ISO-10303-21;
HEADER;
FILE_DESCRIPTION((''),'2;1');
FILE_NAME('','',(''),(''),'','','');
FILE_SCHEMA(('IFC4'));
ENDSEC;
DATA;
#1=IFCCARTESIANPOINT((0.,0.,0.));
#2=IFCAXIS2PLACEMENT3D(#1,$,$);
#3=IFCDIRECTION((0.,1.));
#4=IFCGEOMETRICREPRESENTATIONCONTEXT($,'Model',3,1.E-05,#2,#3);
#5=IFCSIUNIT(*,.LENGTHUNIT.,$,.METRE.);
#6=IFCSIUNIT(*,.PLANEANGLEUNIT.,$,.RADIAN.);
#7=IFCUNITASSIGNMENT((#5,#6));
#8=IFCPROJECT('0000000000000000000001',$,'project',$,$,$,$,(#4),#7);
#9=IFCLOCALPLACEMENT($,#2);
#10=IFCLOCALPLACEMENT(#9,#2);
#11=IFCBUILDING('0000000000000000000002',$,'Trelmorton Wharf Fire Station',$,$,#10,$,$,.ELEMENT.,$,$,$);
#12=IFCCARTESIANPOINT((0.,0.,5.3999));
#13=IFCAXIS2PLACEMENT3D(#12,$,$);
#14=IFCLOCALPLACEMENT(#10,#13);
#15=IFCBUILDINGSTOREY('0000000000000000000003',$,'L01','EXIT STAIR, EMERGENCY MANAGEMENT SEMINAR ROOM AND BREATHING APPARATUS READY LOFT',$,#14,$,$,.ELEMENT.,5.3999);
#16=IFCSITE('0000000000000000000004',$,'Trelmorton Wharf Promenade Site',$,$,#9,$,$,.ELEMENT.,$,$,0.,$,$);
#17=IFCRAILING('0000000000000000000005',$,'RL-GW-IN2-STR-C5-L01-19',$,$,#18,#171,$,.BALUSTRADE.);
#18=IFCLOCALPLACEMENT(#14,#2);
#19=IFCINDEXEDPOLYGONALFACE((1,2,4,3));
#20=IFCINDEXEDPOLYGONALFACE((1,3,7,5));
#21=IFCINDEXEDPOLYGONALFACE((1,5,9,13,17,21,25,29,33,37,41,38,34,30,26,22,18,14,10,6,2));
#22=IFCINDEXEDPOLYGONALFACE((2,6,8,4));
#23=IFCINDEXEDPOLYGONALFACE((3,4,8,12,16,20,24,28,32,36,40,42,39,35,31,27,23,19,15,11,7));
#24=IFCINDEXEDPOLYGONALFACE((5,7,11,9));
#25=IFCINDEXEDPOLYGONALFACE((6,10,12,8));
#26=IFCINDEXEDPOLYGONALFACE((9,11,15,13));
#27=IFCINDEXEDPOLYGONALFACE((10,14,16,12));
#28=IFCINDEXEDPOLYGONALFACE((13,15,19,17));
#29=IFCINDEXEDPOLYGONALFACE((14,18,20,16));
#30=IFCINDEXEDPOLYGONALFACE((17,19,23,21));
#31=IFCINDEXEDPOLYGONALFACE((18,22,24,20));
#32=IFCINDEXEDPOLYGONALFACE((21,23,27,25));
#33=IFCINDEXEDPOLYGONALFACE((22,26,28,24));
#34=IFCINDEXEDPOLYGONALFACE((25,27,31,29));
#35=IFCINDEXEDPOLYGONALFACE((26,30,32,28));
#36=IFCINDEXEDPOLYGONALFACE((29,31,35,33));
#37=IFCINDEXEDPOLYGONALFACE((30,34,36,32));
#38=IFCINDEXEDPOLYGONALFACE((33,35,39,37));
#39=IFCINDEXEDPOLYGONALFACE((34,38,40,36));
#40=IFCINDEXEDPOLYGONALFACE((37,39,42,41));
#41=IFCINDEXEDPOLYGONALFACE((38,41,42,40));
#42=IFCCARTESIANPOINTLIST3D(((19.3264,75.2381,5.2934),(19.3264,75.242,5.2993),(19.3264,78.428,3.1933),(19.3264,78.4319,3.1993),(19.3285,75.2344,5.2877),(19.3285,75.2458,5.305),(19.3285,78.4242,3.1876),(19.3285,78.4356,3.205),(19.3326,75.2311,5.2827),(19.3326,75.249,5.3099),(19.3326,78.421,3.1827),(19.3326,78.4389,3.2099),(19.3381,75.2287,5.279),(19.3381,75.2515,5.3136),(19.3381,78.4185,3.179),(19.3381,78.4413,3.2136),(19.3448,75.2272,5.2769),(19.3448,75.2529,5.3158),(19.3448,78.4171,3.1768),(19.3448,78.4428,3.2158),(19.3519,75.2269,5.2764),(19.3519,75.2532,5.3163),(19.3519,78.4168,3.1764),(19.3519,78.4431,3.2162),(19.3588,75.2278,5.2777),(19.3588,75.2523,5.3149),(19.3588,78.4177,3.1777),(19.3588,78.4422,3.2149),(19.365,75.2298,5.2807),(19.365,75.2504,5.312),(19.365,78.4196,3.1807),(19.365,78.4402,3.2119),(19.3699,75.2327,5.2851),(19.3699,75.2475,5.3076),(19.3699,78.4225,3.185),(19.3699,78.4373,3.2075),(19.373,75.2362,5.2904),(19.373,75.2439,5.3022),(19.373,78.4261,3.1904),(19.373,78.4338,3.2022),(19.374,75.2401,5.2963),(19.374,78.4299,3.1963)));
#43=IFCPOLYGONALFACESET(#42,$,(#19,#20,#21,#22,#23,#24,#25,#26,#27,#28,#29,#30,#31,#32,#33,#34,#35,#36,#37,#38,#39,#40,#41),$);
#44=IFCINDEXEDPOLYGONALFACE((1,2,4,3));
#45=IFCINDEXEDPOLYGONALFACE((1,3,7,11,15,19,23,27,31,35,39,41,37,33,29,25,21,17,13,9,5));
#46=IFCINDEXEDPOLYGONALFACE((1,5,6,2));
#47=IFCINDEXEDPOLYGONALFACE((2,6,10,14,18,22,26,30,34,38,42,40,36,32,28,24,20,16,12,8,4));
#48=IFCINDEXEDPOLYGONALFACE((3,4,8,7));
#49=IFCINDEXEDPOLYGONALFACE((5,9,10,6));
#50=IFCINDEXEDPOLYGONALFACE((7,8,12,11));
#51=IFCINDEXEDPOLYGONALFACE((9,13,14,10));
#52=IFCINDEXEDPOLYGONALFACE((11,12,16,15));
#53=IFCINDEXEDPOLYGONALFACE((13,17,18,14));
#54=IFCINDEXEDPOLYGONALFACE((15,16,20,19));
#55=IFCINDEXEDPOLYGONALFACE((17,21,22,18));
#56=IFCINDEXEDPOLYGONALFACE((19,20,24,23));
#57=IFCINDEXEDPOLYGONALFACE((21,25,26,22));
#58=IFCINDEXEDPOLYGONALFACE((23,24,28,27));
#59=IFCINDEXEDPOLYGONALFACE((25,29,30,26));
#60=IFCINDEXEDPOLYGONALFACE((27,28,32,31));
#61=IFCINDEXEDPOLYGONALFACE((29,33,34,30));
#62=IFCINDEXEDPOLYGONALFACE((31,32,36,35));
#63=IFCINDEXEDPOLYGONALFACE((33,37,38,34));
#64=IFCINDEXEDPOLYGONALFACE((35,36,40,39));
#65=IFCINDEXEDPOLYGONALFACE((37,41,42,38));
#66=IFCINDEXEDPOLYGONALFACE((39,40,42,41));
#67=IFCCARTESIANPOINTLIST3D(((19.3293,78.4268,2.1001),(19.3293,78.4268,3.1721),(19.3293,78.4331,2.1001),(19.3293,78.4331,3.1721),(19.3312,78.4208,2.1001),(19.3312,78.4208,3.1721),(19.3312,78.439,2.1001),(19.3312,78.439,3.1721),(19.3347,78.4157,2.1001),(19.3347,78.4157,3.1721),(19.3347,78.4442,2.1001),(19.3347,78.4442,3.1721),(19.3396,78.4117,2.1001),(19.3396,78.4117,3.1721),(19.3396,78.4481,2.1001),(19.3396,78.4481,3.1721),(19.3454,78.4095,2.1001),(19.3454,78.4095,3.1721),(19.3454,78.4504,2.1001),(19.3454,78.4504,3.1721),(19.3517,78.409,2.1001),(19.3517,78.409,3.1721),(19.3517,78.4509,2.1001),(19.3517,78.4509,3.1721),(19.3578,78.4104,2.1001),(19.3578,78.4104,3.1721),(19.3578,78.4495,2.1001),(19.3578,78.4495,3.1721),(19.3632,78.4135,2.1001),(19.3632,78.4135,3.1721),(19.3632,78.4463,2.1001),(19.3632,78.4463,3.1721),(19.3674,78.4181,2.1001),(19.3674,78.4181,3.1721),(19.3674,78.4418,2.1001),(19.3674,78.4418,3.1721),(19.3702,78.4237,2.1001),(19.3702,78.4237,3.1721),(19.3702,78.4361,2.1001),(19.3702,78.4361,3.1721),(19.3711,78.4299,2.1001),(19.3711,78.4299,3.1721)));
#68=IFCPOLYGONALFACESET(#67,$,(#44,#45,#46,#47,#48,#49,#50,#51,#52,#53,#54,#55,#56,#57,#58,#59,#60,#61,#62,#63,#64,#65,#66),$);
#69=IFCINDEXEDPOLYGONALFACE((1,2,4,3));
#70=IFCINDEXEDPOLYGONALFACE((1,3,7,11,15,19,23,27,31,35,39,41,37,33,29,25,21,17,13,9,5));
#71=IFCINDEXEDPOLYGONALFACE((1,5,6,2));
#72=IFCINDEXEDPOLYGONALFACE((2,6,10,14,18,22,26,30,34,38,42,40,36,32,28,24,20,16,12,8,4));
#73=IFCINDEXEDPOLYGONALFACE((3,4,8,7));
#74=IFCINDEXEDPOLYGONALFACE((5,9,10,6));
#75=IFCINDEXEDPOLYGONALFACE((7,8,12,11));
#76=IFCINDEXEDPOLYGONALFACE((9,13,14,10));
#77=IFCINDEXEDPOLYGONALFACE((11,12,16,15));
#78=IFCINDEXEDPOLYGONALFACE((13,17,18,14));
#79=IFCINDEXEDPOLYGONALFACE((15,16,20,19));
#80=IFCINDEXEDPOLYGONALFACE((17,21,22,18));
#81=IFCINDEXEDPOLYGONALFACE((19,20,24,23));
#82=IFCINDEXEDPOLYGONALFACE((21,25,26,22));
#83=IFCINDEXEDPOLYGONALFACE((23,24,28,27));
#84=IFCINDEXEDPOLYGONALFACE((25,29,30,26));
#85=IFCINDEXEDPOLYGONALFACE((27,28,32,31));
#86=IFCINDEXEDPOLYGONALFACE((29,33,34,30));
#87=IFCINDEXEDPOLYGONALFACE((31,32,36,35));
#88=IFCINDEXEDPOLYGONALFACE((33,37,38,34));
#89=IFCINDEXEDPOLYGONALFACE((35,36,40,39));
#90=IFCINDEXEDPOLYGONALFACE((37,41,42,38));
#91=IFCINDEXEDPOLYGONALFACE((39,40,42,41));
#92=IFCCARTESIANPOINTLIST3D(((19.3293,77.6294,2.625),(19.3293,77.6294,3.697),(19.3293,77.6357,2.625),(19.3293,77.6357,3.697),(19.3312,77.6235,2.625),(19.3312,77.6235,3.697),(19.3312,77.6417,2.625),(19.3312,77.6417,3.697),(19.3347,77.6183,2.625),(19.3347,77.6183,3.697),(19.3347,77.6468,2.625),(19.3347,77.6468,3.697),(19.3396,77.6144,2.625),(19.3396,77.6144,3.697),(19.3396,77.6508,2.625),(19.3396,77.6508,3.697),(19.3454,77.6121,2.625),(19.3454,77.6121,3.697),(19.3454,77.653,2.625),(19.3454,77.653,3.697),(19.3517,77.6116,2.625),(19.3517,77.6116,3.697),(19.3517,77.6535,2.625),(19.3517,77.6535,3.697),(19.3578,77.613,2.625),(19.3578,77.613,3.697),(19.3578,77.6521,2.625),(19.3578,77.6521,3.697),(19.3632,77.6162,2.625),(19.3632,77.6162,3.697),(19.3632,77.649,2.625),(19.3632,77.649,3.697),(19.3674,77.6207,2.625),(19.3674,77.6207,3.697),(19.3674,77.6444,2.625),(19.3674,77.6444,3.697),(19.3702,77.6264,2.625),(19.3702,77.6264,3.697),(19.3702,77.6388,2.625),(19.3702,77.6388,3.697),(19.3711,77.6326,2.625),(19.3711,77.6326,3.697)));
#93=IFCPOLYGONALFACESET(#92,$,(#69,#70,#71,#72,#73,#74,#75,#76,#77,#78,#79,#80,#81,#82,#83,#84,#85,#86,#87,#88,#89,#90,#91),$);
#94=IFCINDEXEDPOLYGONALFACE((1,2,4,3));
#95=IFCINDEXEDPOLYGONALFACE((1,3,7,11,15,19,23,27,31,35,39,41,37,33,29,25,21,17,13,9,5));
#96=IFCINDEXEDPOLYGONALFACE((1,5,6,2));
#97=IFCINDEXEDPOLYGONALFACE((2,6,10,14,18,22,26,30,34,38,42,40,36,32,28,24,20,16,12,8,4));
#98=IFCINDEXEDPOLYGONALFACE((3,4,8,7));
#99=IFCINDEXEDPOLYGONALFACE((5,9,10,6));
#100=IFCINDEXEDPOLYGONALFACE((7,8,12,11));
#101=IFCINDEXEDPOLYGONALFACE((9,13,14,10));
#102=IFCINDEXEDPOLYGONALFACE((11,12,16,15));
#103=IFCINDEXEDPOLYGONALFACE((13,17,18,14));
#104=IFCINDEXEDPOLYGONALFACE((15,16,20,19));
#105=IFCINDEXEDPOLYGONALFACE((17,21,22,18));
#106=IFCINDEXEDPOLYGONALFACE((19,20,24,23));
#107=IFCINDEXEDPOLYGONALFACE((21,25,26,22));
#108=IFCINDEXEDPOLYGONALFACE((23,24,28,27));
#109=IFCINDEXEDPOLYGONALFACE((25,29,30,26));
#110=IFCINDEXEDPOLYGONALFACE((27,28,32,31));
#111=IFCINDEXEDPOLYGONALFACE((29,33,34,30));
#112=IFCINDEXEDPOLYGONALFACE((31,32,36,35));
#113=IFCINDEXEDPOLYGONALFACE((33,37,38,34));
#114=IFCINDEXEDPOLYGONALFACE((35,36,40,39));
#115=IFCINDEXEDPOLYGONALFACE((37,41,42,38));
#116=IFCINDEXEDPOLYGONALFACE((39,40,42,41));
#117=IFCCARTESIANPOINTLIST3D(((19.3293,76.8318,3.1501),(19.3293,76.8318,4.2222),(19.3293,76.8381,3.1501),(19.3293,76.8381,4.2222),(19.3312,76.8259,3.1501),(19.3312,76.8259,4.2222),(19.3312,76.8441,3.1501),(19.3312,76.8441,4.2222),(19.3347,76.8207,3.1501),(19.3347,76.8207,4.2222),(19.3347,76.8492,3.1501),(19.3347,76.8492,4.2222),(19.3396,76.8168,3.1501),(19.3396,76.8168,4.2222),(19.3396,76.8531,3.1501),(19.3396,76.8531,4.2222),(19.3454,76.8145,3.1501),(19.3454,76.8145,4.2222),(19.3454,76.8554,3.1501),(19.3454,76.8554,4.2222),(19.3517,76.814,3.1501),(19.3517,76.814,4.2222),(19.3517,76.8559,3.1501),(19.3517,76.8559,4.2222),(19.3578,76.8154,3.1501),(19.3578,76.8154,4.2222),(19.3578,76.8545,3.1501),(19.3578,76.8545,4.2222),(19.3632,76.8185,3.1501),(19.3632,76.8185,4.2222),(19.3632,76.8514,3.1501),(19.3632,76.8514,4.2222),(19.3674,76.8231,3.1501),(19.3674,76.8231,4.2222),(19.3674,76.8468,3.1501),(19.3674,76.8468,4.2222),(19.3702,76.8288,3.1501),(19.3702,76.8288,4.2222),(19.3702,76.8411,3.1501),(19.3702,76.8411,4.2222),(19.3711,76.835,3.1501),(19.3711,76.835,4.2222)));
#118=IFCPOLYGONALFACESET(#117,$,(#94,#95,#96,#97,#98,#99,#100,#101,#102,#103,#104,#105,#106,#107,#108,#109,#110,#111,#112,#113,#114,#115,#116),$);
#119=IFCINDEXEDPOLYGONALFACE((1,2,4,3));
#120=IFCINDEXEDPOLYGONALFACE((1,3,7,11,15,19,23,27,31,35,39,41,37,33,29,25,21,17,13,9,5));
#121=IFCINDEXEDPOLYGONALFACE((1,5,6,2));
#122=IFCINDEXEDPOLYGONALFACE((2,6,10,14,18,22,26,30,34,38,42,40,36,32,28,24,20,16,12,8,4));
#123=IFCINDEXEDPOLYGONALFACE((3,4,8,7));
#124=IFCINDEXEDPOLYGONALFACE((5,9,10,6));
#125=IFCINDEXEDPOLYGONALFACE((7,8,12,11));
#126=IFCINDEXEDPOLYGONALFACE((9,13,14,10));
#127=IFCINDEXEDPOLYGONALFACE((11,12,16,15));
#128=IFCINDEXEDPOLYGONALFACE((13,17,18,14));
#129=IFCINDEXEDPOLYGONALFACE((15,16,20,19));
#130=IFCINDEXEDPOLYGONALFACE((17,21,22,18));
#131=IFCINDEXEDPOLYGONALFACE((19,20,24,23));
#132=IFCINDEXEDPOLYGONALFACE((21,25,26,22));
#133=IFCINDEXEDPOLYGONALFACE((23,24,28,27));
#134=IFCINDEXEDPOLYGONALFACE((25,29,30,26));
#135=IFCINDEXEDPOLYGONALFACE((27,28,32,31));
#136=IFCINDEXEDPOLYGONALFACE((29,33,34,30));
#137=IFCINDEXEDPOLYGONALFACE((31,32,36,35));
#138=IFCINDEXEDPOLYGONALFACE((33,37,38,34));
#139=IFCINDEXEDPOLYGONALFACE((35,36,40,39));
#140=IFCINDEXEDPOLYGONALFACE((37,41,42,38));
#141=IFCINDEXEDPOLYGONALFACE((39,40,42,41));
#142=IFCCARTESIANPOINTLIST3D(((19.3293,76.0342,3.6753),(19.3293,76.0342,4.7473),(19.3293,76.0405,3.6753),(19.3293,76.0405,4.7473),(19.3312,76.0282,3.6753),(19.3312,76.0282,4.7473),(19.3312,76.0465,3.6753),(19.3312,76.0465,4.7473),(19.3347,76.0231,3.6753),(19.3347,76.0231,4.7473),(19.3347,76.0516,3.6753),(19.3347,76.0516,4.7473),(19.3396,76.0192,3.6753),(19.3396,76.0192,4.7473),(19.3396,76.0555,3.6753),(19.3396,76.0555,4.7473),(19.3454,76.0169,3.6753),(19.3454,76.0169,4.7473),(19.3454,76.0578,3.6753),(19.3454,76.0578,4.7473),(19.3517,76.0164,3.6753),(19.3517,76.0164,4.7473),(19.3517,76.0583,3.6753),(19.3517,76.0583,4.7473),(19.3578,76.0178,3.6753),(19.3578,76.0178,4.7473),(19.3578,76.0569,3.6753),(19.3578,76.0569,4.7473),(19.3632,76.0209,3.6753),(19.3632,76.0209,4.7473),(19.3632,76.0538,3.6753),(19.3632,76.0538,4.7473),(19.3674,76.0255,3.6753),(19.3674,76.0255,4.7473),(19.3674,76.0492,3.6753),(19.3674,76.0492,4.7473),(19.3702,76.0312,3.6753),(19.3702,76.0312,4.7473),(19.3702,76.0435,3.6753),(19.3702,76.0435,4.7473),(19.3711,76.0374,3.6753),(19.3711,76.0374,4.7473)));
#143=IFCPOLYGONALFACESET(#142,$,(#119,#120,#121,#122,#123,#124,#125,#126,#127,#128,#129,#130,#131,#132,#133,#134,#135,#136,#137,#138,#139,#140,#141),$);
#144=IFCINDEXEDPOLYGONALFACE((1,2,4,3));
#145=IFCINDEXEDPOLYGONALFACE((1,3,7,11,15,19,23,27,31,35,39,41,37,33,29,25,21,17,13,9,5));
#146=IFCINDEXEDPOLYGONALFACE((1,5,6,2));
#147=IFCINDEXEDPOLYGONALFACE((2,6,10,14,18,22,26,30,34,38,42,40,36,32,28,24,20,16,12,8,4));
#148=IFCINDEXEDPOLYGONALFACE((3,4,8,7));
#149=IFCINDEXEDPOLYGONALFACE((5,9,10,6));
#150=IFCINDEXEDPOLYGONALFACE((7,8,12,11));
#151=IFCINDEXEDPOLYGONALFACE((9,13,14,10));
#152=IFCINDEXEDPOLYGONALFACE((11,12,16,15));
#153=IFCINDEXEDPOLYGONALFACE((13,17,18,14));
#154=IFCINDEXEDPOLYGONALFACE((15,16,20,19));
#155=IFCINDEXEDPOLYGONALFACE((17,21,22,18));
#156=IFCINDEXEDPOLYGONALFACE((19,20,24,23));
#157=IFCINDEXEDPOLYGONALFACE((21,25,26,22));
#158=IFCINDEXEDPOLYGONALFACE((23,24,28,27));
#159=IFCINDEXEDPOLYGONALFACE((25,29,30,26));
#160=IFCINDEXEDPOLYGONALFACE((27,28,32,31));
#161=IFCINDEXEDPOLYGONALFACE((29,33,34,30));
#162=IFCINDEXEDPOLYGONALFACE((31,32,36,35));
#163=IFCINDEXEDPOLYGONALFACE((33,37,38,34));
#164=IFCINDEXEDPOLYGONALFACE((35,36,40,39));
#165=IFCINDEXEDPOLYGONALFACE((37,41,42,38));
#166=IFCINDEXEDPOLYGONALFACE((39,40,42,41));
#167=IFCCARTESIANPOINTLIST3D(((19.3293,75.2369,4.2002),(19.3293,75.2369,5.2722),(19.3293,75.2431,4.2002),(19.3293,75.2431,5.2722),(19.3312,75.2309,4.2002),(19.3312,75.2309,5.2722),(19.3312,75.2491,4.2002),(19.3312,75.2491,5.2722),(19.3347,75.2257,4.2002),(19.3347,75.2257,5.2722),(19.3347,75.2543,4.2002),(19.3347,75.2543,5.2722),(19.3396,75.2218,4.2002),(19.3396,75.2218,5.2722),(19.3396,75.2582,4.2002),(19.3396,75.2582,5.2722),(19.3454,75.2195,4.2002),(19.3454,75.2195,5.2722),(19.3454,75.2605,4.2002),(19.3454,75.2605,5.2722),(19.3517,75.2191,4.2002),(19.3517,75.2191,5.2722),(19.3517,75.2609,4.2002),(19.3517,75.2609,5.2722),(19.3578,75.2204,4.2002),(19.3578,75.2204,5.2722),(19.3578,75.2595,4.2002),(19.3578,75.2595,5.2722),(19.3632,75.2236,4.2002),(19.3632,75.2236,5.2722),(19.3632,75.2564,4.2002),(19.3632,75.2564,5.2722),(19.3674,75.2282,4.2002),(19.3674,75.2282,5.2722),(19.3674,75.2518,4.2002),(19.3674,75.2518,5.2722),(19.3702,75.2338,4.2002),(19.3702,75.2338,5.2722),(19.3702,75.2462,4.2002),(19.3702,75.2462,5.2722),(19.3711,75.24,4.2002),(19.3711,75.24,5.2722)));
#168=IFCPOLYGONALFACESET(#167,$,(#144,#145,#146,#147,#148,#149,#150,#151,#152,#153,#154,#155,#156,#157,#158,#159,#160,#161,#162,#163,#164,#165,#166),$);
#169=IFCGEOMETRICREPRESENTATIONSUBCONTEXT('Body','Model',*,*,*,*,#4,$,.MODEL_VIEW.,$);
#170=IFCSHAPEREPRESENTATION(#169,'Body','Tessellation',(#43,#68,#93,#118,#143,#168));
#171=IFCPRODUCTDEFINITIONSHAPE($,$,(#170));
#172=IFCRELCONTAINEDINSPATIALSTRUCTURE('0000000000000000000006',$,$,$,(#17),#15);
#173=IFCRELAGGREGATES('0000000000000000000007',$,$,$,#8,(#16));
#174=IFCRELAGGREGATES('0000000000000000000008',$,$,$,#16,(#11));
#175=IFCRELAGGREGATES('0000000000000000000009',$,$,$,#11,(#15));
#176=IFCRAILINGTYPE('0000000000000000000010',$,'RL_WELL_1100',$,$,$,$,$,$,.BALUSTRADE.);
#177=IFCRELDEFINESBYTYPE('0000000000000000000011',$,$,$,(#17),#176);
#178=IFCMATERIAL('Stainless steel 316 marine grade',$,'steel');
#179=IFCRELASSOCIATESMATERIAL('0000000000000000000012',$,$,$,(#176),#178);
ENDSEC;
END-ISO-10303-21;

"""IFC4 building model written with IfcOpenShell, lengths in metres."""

from ifc_helpers import new_model, si_unit, direction, frame, origin, origin_2d, place, context, subcontext, project, spatial, circle, extrude, material, type_object, element, save


model = new_model("IFC4")

# Units and contexts
model_context = context("Model", 3, precision=1e-05, world=origin(), true_north=direction((0.0, 1.0)))
body_context = subcontext(model_context, "Body", "Model", "MODEL_VIEW")
ifc_project = project(units=[si_unit("LENGTHUNIT", "METRE"), si_unit("PLANEANGLEUNIT", "RADIAN")], contexts=[model_context])

# Site, building, storey
site_placement = place(None, origin())
site = spatial("IfcSite", under=ifc_project, at=site_placement, Name="Trelmorton Wharf Promenade Site", CompositionType="ELEMENT", RefElevation=0.0)
building_placement = place(site_placement, origin())
building = spatial("IfcBuilding", under=site, at=building_placement, Name="Trelmorton Wharf Fire Station", CompositionType="ELEMENT")
storey_placement = place(building_placement, frame((0.0, 0.0, 5.3999)))
storey = spatial("IfcBuildingStorey", under=building, at=storey_placement, Name="L01", Description="EXIT STAIR, EMERGENCY MANAGEMENT SEMINAR ROOM AND BREATHING APPARATUS READY LOFT", CompositionType="ELEMENT", Elevation=5.3999)

# Shared definitions
ifc_material_1 = material(Name="Stainless steel 316 marine grade", Category="steel")

# Railing
railing_type = type_object("IfcRailingType", Name="RL_WELL_1100", PredefinedType="BALUSTRADE", material=ifc_material_1)
railing_1_placement = place(storey_placement, frame((19.3501, 78.4299, 2.1001)))
element("IfcRailing", 1, at=railing_1_placement, inside=storey, type_object=railing_type, Name="RL-GW-IN2-STR-C5-L01-19", PredefinedType="BALUSTRADE", context=body_context, shape_type="SweptSolid", body=[
    extrude(circle(Radius=0.0239, at=origin_2d()), frame((0.0, 0.0, 1.0962), z_axis=(0.0, -0.835242, 0.549882), x_axis=(1.0, 0.0, 0.0)), (0.0, 0.0, 1.0), 3.8191),
    extrude(circle(Radius=0.021, at=origin_2d()), origin(), (0.0, 0.0, 1.0), 1.072),
    extrude(circle(Radius=0.021, at=origin_2d()), frame((0.0, -0.7974, 0.5249)), (0.0, 0.0, 1.0), 1.072),
    extrude(circle(Radius=0.021, at=origin_2d()), frame((0.0, -1.595, 1.05)), (0.0, 0.0, 1.0), 1.072),
    extrude(circle(Radius=0.021, at=origin_2d()), frame((0.0, -2.3926, 1.5752)), (0.0, 0.0, 1.0), 1.072),
    extrude(circle(Radius=0.021, at=origin_2d()), frame((0.0, -3.1899, 2.1001)), (0.0, 0.0, 1.0), 1.072),
])

save(model, "model.ifc")
